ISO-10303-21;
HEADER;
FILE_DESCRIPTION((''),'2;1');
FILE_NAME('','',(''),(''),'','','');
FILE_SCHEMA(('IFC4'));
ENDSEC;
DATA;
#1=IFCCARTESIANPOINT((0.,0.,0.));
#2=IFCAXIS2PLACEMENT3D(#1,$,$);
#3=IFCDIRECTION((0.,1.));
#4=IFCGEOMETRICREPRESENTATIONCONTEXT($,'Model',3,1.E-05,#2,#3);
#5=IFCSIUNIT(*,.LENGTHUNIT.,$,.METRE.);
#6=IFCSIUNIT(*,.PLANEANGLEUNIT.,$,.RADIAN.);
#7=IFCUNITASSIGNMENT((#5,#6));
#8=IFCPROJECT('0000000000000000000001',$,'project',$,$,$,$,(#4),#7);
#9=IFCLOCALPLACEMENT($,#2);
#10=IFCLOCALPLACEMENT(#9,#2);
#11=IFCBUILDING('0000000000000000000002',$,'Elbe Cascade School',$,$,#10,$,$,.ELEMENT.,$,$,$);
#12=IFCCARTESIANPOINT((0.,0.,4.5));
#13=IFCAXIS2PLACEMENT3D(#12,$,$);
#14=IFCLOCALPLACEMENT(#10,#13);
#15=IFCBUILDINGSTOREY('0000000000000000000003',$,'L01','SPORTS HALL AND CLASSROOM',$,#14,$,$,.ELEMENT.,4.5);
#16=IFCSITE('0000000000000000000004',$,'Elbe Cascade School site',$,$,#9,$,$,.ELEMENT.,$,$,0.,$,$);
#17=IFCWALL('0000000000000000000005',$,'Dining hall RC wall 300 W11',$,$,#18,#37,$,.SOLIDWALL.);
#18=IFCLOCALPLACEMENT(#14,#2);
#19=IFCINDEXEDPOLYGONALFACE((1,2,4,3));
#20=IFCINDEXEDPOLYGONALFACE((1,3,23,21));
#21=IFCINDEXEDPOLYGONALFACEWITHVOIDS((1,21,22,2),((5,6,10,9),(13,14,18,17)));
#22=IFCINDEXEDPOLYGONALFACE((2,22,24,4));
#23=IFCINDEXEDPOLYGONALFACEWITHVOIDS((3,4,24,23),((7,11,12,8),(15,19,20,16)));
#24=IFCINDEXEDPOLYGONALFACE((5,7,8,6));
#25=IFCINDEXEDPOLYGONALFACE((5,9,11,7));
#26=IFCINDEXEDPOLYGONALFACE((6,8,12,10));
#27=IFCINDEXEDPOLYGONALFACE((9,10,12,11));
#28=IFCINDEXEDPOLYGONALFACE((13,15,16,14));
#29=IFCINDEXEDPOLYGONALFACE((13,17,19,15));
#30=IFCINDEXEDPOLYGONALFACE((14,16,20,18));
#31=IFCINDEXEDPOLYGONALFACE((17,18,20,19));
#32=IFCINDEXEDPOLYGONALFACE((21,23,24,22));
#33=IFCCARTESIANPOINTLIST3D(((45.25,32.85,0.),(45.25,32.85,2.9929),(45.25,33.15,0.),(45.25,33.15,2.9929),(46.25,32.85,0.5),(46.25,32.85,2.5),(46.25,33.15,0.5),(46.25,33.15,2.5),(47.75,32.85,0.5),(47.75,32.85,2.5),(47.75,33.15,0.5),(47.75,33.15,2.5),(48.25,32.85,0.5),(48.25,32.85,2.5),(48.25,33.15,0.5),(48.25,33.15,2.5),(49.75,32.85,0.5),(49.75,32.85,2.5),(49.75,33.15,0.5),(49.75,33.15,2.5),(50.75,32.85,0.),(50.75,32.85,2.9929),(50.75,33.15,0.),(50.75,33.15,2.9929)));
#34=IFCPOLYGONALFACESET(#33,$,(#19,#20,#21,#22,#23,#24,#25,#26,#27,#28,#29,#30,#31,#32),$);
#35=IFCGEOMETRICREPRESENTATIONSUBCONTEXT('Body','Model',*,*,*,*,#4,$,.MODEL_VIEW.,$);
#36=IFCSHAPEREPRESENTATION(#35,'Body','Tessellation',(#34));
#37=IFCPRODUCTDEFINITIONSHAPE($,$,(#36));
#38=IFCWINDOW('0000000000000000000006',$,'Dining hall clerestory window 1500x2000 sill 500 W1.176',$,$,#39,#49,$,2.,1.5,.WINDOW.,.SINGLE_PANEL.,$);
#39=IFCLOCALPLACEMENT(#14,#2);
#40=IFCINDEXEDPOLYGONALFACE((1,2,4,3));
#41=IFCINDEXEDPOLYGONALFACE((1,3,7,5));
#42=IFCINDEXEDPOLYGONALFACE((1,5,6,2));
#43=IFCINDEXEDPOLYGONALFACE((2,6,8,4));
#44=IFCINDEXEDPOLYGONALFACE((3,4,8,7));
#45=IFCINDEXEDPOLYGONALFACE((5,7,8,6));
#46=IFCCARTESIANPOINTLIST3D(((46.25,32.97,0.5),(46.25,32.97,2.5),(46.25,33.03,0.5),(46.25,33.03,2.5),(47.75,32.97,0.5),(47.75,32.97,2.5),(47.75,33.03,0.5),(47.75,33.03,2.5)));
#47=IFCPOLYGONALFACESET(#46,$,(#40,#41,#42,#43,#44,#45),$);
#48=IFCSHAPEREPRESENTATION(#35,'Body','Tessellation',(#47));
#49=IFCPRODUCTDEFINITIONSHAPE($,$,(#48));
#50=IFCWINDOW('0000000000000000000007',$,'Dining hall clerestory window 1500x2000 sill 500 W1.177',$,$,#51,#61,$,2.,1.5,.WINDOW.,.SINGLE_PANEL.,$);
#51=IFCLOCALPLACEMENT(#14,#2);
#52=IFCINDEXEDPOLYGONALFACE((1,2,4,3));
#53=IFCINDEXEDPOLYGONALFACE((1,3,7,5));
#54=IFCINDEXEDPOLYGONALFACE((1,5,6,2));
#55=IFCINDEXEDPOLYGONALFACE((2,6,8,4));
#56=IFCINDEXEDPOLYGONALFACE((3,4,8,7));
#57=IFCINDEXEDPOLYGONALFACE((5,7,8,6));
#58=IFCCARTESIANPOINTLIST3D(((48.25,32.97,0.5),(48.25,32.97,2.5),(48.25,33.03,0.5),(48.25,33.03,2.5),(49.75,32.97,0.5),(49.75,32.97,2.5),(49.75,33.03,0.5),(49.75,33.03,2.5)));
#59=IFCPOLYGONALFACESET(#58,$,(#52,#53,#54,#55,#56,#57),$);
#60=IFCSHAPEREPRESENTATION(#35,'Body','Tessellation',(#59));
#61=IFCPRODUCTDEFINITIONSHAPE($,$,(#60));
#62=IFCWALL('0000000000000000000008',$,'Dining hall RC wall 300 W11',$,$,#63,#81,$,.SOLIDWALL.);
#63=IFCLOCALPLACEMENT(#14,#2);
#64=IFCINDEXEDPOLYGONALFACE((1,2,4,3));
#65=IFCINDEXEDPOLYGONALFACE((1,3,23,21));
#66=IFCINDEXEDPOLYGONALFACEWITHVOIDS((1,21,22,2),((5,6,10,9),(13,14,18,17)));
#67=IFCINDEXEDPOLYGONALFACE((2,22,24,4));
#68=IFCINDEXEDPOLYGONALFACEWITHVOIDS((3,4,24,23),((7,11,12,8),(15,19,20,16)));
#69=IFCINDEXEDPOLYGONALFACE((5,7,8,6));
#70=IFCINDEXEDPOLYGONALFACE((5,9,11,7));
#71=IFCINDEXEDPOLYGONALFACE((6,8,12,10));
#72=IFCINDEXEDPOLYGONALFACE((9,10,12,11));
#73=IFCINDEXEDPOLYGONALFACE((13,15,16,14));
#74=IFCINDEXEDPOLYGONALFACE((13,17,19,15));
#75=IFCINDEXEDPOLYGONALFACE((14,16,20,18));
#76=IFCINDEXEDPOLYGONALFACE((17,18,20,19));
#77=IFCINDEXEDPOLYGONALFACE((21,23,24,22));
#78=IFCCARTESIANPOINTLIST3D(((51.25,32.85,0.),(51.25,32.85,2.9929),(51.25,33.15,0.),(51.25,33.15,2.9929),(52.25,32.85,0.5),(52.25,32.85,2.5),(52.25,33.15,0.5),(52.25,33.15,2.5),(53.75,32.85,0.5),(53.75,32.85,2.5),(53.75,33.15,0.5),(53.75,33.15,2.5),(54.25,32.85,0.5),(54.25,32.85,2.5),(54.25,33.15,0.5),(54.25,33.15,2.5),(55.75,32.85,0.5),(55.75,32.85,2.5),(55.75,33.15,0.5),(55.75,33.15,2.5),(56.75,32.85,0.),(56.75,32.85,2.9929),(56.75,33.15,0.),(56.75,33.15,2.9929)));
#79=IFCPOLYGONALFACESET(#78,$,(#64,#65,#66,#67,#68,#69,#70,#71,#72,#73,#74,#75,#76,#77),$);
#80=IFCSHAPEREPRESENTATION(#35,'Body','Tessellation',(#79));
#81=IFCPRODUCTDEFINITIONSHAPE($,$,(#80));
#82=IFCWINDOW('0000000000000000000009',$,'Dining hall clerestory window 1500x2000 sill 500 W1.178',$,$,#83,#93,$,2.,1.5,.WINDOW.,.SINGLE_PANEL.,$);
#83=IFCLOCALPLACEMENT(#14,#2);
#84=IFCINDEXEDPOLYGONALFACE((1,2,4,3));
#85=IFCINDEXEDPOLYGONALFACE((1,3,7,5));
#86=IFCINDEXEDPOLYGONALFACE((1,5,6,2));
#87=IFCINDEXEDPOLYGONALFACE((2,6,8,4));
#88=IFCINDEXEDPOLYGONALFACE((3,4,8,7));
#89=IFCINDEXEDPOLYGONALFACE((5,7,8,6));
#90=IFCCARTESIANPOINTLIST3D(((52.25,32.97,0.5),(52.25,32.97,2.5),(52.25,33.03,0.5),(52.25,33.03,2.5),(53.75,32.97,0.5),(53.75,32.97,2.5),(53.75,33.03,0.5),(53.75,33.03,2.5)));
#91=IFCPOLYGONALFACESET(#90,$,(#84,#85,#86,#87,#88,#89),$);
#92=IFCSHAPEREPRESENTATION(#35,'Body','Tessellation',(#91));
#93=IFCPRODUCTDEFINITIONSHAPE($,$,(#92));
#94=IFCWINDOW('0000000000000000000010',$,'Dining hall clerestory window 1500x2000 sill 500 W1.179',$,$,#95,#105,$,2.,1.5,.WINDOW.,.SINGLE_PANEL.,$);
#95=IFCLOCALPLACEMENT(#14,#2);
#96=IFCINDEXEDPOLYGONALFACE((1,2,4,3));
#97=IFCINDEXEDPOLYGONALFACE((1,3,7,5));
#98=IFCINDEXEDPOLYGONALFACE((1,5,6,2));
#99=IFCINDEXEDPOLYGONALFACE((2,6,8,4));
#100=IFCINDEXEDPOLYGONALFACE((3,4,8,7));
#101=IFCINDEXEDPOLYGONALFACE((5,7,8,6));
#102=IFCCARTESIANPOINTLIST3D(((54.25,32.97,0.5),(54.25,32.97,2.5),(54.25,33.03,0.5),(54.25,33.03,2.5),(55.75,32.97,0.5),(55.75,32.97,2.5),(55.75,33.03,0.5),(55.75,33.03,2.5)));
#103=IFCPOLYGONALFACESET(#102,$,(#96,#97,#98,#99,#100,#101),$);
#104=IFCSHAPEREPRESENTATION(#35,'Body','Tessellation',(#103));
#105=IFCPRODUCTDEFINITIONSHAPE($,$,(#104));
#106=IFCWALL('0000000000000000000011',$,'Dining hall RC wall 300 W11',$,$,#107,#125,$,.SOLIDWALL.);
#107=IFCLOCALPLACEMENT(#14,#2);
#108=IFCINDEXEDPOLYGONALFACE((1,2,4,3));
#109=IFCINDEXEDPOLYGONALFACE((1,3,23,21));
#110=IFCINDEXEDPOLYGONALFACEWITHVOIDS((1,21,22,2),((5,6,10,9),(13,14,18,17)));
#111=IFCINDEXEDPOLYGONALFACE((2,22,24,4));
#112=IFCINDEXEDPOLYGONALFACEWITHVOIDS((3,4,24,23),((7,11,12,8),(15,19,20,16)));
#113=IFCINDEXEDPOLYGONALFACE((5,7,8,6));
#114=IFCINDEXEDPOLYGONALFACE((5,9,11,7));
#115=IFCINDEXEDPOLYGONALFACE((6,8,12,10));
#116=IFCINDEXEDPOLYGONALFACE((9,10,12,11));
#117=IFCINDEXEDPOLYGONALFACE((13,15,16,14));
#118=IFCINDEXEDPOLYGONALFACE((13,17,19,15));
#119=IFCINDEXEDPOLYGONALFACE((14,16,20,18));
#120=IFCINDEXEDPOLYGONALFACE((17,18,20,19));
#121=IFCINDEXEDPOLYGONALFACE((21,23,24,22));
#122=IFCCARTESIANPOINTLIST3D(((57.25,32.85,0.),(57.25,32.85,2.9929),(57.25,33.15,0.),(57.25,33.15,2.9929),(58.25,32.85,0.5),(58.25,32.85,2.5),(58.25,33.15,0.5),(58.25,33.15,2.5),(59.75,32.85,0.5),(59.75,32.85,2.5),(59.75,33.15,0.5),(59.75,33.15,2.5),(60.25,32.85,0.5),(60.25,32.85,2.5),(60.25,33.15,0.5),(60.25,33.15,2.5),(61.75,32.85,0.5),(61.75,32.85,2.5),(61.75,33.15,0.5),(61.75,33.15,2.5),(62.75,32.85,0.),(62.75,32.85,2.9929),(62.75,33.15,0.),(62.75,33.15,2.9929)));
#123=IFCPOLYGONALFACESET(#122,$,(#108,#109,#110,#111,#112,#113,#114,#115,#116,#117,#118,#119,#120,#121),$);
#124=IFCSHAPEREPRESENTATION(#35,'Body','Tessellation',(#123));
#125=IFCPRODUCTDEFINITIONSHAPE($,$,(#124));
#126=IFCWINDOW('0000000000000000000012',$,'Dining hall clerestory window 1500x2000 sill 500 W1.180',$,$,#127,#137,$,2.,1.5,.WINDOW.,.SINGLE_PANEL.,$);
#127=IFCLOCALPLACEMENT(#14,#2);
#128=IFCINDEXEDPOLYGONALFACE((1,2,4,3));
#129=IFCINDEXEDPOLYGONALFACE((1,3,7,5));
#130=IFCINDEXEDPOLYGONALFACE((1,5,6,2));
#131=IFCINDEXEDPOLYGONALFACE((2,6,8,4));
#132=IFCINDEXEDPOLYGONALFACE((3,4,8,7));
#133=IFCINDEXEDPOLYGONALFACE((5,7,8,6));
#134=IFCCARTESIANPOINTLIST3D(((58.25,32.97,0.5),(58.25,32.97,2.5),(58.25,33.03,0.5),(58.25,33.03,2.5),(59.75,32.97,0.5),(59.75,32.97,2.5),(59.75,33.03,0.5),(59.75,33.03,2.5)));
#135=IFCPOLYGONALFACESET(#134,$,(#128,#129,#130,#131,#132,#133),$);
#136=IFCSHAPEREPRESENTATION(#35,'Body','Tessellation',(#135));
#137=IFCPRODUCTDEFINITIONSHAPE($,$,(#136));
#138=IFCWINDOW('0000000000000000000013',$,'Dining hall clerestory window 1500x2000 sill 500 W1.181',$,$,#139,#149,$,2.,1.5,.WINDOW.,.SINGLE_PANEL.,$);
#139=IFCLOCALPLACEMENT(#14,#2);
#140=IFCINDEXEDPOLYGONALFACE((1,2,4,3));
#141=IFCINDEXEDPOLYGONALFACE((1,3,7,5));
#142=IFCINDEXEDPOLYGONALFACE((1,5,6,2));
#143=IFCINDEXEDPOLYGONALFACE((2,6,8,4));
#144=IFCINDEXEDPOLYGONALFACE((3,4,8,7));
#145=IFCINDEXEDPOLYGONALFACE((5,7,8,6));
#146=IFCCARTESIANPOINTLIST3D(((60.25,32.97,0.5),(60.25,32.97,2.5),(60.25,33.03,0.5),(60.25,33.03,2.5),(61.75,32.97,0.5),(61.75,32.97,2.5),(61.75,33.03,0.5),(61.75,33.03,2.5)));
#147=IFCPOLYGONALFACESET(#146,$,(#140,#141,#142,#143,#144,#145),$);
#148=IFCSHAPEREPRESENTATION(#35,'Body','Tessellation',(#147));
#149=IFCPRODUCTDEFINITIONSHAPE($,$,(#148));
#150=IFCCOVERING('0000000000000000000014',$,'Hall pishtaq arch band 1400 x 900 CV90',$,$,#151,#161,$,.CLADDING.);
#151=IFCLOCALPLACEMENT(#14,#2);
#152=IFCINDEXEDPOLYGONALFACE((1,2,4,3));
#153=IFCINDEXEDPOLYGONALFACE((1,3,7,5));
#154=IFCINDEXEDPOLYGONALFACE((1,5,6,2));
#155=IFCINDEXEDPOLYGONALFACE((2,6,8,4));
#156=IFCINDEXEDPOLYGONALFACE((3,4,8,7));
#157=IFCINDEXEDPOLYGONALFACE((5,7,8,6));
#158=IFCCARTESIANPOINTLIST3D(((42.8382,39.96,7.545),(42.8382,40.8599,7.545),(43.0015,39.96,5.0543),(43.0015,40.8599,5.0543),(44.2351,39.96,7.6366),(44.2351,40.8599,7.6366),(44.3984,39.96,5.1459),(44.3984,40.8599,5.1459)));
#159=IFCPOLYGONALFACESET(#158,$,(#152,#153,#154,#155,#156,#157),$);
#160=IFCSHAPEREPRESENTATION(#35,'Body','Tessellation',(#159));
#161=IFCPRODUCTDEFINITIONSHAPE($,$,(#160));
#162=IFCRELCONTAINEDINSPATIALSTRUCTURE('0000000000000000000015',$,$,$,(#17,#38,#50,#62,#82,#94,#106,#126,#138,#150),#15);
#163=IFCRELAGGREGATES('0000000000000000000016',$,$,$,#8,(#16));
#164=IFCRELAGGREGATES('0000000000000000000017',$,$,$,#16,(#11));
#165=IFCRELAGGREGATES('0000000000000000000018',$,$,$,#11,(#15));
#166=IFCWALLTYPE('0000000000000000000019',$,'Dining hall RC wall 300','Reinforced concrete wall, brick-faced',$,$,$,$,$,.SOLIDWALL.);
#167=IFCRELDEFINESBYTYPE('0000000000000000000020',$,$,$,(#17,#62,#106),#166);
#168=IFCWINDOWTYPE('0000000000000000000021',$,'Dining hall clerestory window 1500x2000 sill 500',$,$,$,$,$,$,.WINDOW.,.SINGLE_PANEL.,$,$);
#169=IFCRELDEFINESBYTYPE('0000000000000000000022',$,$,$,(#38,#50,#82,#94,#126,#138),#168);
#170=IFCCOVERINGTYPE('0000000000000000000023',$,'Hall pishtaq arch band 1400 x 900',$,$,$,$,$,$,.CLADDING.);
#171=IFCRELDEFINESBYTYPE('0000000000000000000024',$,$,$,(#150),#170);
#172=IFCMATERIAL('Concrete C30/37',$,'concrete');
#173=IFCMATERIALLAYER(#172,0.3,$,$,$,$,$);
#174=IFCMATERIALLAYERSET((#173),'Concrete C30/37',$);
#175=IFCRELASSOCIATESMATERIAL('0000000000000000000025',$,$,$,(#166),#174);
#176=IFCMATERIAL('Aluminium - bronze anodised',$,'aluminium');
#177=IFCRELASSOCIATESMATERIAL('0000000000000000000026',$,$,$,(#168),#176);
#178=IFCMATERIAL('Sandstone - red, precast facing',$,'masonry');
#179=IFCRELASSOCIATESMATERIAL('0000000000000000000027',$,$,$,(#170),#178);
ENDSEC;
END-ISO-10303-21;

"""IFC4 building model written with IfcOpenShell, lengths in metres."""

from ifc_helpers import new_model, si_unit, direction, frame, frame_2d, origin, origin_2d, place, context, subcontext, project, spatial, rectangle, extrude, material, layer, layer_set, type_object, element, fill, save


model = new_model("IFC4")

# Units and contexts
model_context = context("Model", 3, precision=1e-05, world=origin(), true_north=direction((0.0, 1.0)))
body_context = subcontext(model_context, "Body", "Model", "MODEL_VIEW")
ifc_project = project(units=[si_unit("LENGTHUNIT", "METRE"), si_unit("PLANEANGLEUNIT", "RADIAN")], contexts=[model_context])

# Site, building, storey
site_placement = place(None, origin())
site = spatial("IfcSite", under=ifc_project, at=site_placement, Name="Elbe Cascade School site", CompositionType="ELEMENT", RefElevation=0.0)
building_placement = place(site_placement, origin())
building = spatial("IfcBuilding", under=site, at=building_placement, Name="Elbe Cascade School", CompositionType="ELEMENT")
storey_placement = place(building_placement, frame((0.0, 0.0, 4.5)))
storey = spatial("IfcBuildingStorey", under=building, at=storey_placement, Name="L01", Description="SPORTS HALL AND CLASSROOM", CompositionType="ELEMENT", Elevation=4.5)

# Walls, openings, windows
ifc_material_1 = material(Name="Concrete C30/37", Category="concrete")
ifc_layer_1 = layer(ifc_material_1, 0.3)
ifc_layer_set_1 = layer_set([ifc_layer_1], Name="Concrete C30/37")
wall_type = type_object("IfcWallType", Name="Dining hall RC wall 300", Description="Reinforced concrete wall, brick-faced", PredefinedType="SOLIDWALL", material=ifc_layer_set_1)
wall_1_placement = place(storey_placement, frame((45.25, 33.0, 0.0), z_axis=(0.0, 0.0, 1.0), x_axis=(1.0, 0.0, 0.0)))
wall_1 = element("IfcWall", 1, at=wall_1_placement, inside=storey, type_object=wall_type, Name="Dining hall RC wall 300 W11", PredefinedType="SOLIDWALL", context=body_context, shape_type="SweptSolid", body=[
    extrude(rectangle(XDim=5.5, YDim=0.3, at=frame_2d((2.75, 0.0))), origin(), (0.0, 0.0, 1.0), 2.9929),
])
opening_1_placement = place(wall_1_placement, frame((1.0, 0.0, 0.5)))
opening_1 = element("IfcOpeningElement", 2, at=opening_1_placement, cuts=wall_1, PredefinedType="OPENING", context=body_context, shape_type="SweptSolid", body=[
    extrude(rectangle(XDim=1.5, YDim=2.0, at=frame_2d((0.75, 1.0))), frame((0.0, 0.1599, 0.0), z_axis=(0.0, -1.0, 0.0), x_axis=(1.0, 0.0, 0.0)), (0.0, 0.0, 1.0), 0.3201),
])
opening_2_placement = place(wall_1_placement, frame((3.0, 0.0, 0.5)))
opening_2 = element("IfcOpeningElement", 3, at=opening_2_placement, cuts=wall_1, PredefinedType="OPENING", context=body_context, shape_type="SweptSolid", body=[
    extrude(rectangle(XDim=1.5, YDim=2.0, at=frame_2d((0.75, 1.0))), frame((0.0, 0.1599, 0.0), z_axis=(0.0, -1.0, 0.0), x_axis=(1.0, 0.0, 0.0)), (0.0, 0.0, 1.0), 0.3201),
])
ifc_material_2 = material(Name="Aluminium - bronze anodised", Category="aluminium")
window_type = type_object("IfcWindowType", Name="Dining hall clerestory window 1500x2000 sill 500", PartitioningType="SINGLE_PANEL", PredefinedType="WINDOW", material=ifc_material_2)
window_1_placement = place(opening_1_placement, origin())
window_1 = element("IfcWindow", 4, at=window_1_placement, inside=storey, type_object=window_type, Name="Dining hall clerestory window 1500x2000 sill 500 W1.176", OverallHeight=2.0, OverallWidth=1.5, PartitioningType="SINGLE_PANEL", PredefinedType="WINDOW", context=body_context, shape_type="SweptSolid", body=[
    extrude(rectangle(XDim=1.5, YDim=2.0, at=frame_2d((0.75, 1.0))), frame((0.0, 0.03, 0.0), z_axis=(0.0, -1.0, 0.0), x_axis=(1.0, 0.0, 0.0)), (0.0, 0.0, 1.0), 0.0601),
])
fill(opening_1, window_1)
window_2_placement = place(opening_2_placement, origin())
window_2 = element("IfcWindow", 5, at=window_2_placement, inside=storey, type_object=window_type, Name="Dining hall clerestory window 1500x2000 sill 500 W1.177", OverallHeight=2.0, OverallWidth=1.5, PartitioningType="SINGLE_PANEL", PredefinedType="WINDOW", context=body_context, shape_type="SweptSolid", body=[
    extrude(rectangle(XDim=1.5, YDim=2.0, at=frame_2d((0.75, 1.0))), frame((0.0, 0.03, 0.0), z_axis=(0.0, -1.0, 0.0), x_axis=(1.0, 0.0, 0.0)), (0.0, 0.0, 1.0), 0.0601),
])
fill(opening_2, window_2)
wall_2_placement = place(storey_placement, frame((51.25, 33.0, 0.0), z_axis=(0.0, 0.0, 1.0), x_axis=(1.0, 0.0, 0.0)))
wall_2 = element("IfcWall", 6, at=wall_2_placement, inside=storey, type_object=wall_type, Name="Dining hall RC wall 300 W11", PredefinedType="SOLIDWALL", context=body_context, shape_type="SweptSolid", body=[
    extrude(rectangle(XDim=5.5, YDim=0.3, at=frame_2d((2.75, 0.0))), origin(), (0.0, 0.0, 1.0), 2.9929),
])
opening_3_placement = place(wall_2_placement, frame((1.0, 0.0, 0.5)))
opening_3 = element("IfcOpeningElement", 7, at=opening_3_placement, cuts=wall_2, PredefinedType="OPENING", context=body_context, shape_type="SweptSolid", body=[
    extrude(rectangle(XDim=1.5, YDim=2.0, at=frame_2d((0.75, 1.0))), frame((0.0, 0.1599, 0.0), z_axis=(0.0, -1.0, 0.0), x_axis=(1.0, 0.0, 0.0)), (0.0, 0.0, 1.0), 0.3201),
])
opening_4_placement = place(wall_2_placement, frame((3.0, 0.0, 0.5)))
opening_4 = element("IfcOpeningElement", 8, at=opening_4_placement, cuts=wall_2, PredefinedType="OPENING", context=body_context, shape_type="SweptSolid", body=[
    extrude(rectangle(XDim=1.5, YDim=2.0, at=frame_2d((0.75, 1.0))), frame((0.0, 0.1599, 0.0), z_axis=(0.0, -1.0, 0.0), x_axis=(1.0, 0.0, 0.0)), (0.0, 0.0, 1.0), 0.3201),
])
window_3_placement = place(opening_3_placement, origin())
window_3 = element("IfcWindow", 9, at=window_3_placement, inside=storey, type_object=window_type, Name="Dining hall clerestory window 1500x2000 sill 500 W1.178", OverallHeight=2.0, OverallWidth=1.5, PartitioningType="SINGLE_PANEL", PredefinedType="WINDOW", context=body_context, shape_type="SweptSolid", body=[
    extrude(rectangle(XDim=1.5, YDim=2.0, at=frame_2d((0.75, 1.0))), frame((0.0, 0.03, 0.0), z_axis=(0.0, -1.0, 0.0), x_axis=(1.0, 0.0, 0.0)), (0.0, 0.0, 1.0), 0.0601),
])
fill(opening_3, window_3)
window_4_placement = place(opening_4_placement, origin())
window_4 = element("IfcWindow", 10, at=window_4_placement, inside=storey, type_object=window_type, Name="Dining hall clerestory window 1500x2000 sill 500 W1.179", OverallHeight=2.0, OverallWidth=1.5, PartitioningType="SINGLE_PANEL", PredefinedType="WINDOW", context=body_context, shape_type="SweptSolid", body=[
    extrude(rectangle(XDim=1.5, YDim=2.0, at=frame_2d((0.75, 1.0))), frame((0.0, 0.03, 0.0), z_axis=(0.0, -1.0, 0.0), x_axis=(1.0, 0.0, 0.0)), (0.0, 0.0, 1.0), 0.0601),
])
fill(opening_4, window_4)
wall_3_placement = place(storey_placement, frame((57.25, 33.0, 0.0), z_axis=(0.0, 0.0, 1.0), x_axis=(1.0, 0.0, 0.0)))
wall_3 = element("IfcWall", 11, at=wall_3_placement, inside=storey, type_object=wall_type, Name="Dining hall RC wall 300 W11", PredefinedType="SOLIDWALL", context=body_context, shape_type="SweptSolid", body=[
    extrude(rectangle(XDim=5.5, YDim=0.3, at=frame_2d((2.75, 0.0))), origin(), (0.0, 0.0, 1.0), 2.9929),
])
opening_5_placement = place(wall_3_placement, frame((1.0, 0.0, 0.5)))
opening_5 = element("IfcOpeningElement", 12, at=opening_5_placement, cuts=wall_3, PredefinedType="OPENING", context=body_context, shape_type="SweptSolid", body=[
    extrude(rectangle(XDim=1.5, YDim=2.0, at=frame_2d((0.75, 1.0))), frame((0.0, 0.1599, 0.0), z_axis=(0.0, -1.0, 0.0), x_axis=(1.0, 0.0, 0.0)), (0.0, 0.0, 1.0), 0.3201),
])
opening_6_placement = place(wall_3_placement, frame((3.0, 0.0, 0.5)))
opening_6 = element("IfcOpeningElement", 13, at=opening_6_placement, cuts=wall_3, PredefinedType="OPENING", context=body_context, shape_type="SweptSolid", body=[
    extrude(rectangle(XDim=1.5, YDim=2.0, at=frame_2d((0.75, 1.0))), frame((0.0, 0.1599, 0.0), z_axis=(0.0, -1.0, 0.0), x_axis=(1.0, 0.0, 0.0)), (0.0, 0.0, 1.0), 0.3201),
])
window_5_placement = place(opening_5_placement, origin())
window_5 = element("IfcWindow", 14, at=window_5_placement, inside=storey, type_object=window_type, Name="Dining hall clerestory window 1500x2000 sill 500 W1.180", OverallHeight=2.0, OverallWidth=1.5, PartitioningType="SINGLE_PANEL", PredefinedType="WINDOW", context=body_context, shape_type="SweptSolid", body=[
    extrude(rectangle(XDim=1.5, YDim=2.0, at=frame_2d((0.75, 1.0))), frame((0.0, 0.03, 0.0), z_axis=(0.0, -1.0, 0.0), x_axis=(1.0, 0.0, 0.0)), (0.0, 0.0, 1.0), 0.0601),
])
fill(opening_5, window_5)
window_6_placement = place(opening_6_placement, origin())
window_6 = element("IfcWindow", 15, at=window_6_placement, inside=storey, type_object=window_type, Name="Dining hall clerestory window 1500x2000 sill 500 W1.181", OverallHeight=2.0, OverallWidth=1.5, PartitioningType="SINGLE_PANEL", PredefinedType="WINDOW", context=body_context, shape_type="SweptSolid", body=[
    extrude(rectangle(XDim=1.5, YDim=2.0, at=frame_2d((0.75, 1.0))), frame((0.0, 0.03, 0.0), z_axis=(0.0, -1.0, 0.0), x_axis=(1.0, 0.0, 0.0)), (0.0, 0.0, 1.0), 0.0601),
])
fill(opening_6, window_6)

# Covering
ifc_material_3 = material(Name="Sandstone - red, precast facing", Category="masonry")
covering_type_1 = type_object("IfcCoveringType", Name="Hall pishtaq arch band 1400 x 900", PredefinedType="CLADDING", material=ifc_material_3)
covering_1_placement = place(storey_placement, frame((43.7, 40.4099, 5.1001), z_axis=(-0.065435, 0.0, 0.997857), x_axis=(0.0, -1.0, 0.0)))
element("IfcCovering", 16, at=covering_1_placement, inside=storey, type_object=covering_type_1, Name="Hall pishtaq arch band 1400 x 900 CV90", PredefinedType="CLADDING", context=body_context, shape_type="SweptSolid", body=[
    extrude(rectangle(XDim=0.8999, YDim=1.3999, at=origin_2d()), origin(), (0.0, 0.0, 1.0), 2.4961),
])

save(model, "model.ifc")
